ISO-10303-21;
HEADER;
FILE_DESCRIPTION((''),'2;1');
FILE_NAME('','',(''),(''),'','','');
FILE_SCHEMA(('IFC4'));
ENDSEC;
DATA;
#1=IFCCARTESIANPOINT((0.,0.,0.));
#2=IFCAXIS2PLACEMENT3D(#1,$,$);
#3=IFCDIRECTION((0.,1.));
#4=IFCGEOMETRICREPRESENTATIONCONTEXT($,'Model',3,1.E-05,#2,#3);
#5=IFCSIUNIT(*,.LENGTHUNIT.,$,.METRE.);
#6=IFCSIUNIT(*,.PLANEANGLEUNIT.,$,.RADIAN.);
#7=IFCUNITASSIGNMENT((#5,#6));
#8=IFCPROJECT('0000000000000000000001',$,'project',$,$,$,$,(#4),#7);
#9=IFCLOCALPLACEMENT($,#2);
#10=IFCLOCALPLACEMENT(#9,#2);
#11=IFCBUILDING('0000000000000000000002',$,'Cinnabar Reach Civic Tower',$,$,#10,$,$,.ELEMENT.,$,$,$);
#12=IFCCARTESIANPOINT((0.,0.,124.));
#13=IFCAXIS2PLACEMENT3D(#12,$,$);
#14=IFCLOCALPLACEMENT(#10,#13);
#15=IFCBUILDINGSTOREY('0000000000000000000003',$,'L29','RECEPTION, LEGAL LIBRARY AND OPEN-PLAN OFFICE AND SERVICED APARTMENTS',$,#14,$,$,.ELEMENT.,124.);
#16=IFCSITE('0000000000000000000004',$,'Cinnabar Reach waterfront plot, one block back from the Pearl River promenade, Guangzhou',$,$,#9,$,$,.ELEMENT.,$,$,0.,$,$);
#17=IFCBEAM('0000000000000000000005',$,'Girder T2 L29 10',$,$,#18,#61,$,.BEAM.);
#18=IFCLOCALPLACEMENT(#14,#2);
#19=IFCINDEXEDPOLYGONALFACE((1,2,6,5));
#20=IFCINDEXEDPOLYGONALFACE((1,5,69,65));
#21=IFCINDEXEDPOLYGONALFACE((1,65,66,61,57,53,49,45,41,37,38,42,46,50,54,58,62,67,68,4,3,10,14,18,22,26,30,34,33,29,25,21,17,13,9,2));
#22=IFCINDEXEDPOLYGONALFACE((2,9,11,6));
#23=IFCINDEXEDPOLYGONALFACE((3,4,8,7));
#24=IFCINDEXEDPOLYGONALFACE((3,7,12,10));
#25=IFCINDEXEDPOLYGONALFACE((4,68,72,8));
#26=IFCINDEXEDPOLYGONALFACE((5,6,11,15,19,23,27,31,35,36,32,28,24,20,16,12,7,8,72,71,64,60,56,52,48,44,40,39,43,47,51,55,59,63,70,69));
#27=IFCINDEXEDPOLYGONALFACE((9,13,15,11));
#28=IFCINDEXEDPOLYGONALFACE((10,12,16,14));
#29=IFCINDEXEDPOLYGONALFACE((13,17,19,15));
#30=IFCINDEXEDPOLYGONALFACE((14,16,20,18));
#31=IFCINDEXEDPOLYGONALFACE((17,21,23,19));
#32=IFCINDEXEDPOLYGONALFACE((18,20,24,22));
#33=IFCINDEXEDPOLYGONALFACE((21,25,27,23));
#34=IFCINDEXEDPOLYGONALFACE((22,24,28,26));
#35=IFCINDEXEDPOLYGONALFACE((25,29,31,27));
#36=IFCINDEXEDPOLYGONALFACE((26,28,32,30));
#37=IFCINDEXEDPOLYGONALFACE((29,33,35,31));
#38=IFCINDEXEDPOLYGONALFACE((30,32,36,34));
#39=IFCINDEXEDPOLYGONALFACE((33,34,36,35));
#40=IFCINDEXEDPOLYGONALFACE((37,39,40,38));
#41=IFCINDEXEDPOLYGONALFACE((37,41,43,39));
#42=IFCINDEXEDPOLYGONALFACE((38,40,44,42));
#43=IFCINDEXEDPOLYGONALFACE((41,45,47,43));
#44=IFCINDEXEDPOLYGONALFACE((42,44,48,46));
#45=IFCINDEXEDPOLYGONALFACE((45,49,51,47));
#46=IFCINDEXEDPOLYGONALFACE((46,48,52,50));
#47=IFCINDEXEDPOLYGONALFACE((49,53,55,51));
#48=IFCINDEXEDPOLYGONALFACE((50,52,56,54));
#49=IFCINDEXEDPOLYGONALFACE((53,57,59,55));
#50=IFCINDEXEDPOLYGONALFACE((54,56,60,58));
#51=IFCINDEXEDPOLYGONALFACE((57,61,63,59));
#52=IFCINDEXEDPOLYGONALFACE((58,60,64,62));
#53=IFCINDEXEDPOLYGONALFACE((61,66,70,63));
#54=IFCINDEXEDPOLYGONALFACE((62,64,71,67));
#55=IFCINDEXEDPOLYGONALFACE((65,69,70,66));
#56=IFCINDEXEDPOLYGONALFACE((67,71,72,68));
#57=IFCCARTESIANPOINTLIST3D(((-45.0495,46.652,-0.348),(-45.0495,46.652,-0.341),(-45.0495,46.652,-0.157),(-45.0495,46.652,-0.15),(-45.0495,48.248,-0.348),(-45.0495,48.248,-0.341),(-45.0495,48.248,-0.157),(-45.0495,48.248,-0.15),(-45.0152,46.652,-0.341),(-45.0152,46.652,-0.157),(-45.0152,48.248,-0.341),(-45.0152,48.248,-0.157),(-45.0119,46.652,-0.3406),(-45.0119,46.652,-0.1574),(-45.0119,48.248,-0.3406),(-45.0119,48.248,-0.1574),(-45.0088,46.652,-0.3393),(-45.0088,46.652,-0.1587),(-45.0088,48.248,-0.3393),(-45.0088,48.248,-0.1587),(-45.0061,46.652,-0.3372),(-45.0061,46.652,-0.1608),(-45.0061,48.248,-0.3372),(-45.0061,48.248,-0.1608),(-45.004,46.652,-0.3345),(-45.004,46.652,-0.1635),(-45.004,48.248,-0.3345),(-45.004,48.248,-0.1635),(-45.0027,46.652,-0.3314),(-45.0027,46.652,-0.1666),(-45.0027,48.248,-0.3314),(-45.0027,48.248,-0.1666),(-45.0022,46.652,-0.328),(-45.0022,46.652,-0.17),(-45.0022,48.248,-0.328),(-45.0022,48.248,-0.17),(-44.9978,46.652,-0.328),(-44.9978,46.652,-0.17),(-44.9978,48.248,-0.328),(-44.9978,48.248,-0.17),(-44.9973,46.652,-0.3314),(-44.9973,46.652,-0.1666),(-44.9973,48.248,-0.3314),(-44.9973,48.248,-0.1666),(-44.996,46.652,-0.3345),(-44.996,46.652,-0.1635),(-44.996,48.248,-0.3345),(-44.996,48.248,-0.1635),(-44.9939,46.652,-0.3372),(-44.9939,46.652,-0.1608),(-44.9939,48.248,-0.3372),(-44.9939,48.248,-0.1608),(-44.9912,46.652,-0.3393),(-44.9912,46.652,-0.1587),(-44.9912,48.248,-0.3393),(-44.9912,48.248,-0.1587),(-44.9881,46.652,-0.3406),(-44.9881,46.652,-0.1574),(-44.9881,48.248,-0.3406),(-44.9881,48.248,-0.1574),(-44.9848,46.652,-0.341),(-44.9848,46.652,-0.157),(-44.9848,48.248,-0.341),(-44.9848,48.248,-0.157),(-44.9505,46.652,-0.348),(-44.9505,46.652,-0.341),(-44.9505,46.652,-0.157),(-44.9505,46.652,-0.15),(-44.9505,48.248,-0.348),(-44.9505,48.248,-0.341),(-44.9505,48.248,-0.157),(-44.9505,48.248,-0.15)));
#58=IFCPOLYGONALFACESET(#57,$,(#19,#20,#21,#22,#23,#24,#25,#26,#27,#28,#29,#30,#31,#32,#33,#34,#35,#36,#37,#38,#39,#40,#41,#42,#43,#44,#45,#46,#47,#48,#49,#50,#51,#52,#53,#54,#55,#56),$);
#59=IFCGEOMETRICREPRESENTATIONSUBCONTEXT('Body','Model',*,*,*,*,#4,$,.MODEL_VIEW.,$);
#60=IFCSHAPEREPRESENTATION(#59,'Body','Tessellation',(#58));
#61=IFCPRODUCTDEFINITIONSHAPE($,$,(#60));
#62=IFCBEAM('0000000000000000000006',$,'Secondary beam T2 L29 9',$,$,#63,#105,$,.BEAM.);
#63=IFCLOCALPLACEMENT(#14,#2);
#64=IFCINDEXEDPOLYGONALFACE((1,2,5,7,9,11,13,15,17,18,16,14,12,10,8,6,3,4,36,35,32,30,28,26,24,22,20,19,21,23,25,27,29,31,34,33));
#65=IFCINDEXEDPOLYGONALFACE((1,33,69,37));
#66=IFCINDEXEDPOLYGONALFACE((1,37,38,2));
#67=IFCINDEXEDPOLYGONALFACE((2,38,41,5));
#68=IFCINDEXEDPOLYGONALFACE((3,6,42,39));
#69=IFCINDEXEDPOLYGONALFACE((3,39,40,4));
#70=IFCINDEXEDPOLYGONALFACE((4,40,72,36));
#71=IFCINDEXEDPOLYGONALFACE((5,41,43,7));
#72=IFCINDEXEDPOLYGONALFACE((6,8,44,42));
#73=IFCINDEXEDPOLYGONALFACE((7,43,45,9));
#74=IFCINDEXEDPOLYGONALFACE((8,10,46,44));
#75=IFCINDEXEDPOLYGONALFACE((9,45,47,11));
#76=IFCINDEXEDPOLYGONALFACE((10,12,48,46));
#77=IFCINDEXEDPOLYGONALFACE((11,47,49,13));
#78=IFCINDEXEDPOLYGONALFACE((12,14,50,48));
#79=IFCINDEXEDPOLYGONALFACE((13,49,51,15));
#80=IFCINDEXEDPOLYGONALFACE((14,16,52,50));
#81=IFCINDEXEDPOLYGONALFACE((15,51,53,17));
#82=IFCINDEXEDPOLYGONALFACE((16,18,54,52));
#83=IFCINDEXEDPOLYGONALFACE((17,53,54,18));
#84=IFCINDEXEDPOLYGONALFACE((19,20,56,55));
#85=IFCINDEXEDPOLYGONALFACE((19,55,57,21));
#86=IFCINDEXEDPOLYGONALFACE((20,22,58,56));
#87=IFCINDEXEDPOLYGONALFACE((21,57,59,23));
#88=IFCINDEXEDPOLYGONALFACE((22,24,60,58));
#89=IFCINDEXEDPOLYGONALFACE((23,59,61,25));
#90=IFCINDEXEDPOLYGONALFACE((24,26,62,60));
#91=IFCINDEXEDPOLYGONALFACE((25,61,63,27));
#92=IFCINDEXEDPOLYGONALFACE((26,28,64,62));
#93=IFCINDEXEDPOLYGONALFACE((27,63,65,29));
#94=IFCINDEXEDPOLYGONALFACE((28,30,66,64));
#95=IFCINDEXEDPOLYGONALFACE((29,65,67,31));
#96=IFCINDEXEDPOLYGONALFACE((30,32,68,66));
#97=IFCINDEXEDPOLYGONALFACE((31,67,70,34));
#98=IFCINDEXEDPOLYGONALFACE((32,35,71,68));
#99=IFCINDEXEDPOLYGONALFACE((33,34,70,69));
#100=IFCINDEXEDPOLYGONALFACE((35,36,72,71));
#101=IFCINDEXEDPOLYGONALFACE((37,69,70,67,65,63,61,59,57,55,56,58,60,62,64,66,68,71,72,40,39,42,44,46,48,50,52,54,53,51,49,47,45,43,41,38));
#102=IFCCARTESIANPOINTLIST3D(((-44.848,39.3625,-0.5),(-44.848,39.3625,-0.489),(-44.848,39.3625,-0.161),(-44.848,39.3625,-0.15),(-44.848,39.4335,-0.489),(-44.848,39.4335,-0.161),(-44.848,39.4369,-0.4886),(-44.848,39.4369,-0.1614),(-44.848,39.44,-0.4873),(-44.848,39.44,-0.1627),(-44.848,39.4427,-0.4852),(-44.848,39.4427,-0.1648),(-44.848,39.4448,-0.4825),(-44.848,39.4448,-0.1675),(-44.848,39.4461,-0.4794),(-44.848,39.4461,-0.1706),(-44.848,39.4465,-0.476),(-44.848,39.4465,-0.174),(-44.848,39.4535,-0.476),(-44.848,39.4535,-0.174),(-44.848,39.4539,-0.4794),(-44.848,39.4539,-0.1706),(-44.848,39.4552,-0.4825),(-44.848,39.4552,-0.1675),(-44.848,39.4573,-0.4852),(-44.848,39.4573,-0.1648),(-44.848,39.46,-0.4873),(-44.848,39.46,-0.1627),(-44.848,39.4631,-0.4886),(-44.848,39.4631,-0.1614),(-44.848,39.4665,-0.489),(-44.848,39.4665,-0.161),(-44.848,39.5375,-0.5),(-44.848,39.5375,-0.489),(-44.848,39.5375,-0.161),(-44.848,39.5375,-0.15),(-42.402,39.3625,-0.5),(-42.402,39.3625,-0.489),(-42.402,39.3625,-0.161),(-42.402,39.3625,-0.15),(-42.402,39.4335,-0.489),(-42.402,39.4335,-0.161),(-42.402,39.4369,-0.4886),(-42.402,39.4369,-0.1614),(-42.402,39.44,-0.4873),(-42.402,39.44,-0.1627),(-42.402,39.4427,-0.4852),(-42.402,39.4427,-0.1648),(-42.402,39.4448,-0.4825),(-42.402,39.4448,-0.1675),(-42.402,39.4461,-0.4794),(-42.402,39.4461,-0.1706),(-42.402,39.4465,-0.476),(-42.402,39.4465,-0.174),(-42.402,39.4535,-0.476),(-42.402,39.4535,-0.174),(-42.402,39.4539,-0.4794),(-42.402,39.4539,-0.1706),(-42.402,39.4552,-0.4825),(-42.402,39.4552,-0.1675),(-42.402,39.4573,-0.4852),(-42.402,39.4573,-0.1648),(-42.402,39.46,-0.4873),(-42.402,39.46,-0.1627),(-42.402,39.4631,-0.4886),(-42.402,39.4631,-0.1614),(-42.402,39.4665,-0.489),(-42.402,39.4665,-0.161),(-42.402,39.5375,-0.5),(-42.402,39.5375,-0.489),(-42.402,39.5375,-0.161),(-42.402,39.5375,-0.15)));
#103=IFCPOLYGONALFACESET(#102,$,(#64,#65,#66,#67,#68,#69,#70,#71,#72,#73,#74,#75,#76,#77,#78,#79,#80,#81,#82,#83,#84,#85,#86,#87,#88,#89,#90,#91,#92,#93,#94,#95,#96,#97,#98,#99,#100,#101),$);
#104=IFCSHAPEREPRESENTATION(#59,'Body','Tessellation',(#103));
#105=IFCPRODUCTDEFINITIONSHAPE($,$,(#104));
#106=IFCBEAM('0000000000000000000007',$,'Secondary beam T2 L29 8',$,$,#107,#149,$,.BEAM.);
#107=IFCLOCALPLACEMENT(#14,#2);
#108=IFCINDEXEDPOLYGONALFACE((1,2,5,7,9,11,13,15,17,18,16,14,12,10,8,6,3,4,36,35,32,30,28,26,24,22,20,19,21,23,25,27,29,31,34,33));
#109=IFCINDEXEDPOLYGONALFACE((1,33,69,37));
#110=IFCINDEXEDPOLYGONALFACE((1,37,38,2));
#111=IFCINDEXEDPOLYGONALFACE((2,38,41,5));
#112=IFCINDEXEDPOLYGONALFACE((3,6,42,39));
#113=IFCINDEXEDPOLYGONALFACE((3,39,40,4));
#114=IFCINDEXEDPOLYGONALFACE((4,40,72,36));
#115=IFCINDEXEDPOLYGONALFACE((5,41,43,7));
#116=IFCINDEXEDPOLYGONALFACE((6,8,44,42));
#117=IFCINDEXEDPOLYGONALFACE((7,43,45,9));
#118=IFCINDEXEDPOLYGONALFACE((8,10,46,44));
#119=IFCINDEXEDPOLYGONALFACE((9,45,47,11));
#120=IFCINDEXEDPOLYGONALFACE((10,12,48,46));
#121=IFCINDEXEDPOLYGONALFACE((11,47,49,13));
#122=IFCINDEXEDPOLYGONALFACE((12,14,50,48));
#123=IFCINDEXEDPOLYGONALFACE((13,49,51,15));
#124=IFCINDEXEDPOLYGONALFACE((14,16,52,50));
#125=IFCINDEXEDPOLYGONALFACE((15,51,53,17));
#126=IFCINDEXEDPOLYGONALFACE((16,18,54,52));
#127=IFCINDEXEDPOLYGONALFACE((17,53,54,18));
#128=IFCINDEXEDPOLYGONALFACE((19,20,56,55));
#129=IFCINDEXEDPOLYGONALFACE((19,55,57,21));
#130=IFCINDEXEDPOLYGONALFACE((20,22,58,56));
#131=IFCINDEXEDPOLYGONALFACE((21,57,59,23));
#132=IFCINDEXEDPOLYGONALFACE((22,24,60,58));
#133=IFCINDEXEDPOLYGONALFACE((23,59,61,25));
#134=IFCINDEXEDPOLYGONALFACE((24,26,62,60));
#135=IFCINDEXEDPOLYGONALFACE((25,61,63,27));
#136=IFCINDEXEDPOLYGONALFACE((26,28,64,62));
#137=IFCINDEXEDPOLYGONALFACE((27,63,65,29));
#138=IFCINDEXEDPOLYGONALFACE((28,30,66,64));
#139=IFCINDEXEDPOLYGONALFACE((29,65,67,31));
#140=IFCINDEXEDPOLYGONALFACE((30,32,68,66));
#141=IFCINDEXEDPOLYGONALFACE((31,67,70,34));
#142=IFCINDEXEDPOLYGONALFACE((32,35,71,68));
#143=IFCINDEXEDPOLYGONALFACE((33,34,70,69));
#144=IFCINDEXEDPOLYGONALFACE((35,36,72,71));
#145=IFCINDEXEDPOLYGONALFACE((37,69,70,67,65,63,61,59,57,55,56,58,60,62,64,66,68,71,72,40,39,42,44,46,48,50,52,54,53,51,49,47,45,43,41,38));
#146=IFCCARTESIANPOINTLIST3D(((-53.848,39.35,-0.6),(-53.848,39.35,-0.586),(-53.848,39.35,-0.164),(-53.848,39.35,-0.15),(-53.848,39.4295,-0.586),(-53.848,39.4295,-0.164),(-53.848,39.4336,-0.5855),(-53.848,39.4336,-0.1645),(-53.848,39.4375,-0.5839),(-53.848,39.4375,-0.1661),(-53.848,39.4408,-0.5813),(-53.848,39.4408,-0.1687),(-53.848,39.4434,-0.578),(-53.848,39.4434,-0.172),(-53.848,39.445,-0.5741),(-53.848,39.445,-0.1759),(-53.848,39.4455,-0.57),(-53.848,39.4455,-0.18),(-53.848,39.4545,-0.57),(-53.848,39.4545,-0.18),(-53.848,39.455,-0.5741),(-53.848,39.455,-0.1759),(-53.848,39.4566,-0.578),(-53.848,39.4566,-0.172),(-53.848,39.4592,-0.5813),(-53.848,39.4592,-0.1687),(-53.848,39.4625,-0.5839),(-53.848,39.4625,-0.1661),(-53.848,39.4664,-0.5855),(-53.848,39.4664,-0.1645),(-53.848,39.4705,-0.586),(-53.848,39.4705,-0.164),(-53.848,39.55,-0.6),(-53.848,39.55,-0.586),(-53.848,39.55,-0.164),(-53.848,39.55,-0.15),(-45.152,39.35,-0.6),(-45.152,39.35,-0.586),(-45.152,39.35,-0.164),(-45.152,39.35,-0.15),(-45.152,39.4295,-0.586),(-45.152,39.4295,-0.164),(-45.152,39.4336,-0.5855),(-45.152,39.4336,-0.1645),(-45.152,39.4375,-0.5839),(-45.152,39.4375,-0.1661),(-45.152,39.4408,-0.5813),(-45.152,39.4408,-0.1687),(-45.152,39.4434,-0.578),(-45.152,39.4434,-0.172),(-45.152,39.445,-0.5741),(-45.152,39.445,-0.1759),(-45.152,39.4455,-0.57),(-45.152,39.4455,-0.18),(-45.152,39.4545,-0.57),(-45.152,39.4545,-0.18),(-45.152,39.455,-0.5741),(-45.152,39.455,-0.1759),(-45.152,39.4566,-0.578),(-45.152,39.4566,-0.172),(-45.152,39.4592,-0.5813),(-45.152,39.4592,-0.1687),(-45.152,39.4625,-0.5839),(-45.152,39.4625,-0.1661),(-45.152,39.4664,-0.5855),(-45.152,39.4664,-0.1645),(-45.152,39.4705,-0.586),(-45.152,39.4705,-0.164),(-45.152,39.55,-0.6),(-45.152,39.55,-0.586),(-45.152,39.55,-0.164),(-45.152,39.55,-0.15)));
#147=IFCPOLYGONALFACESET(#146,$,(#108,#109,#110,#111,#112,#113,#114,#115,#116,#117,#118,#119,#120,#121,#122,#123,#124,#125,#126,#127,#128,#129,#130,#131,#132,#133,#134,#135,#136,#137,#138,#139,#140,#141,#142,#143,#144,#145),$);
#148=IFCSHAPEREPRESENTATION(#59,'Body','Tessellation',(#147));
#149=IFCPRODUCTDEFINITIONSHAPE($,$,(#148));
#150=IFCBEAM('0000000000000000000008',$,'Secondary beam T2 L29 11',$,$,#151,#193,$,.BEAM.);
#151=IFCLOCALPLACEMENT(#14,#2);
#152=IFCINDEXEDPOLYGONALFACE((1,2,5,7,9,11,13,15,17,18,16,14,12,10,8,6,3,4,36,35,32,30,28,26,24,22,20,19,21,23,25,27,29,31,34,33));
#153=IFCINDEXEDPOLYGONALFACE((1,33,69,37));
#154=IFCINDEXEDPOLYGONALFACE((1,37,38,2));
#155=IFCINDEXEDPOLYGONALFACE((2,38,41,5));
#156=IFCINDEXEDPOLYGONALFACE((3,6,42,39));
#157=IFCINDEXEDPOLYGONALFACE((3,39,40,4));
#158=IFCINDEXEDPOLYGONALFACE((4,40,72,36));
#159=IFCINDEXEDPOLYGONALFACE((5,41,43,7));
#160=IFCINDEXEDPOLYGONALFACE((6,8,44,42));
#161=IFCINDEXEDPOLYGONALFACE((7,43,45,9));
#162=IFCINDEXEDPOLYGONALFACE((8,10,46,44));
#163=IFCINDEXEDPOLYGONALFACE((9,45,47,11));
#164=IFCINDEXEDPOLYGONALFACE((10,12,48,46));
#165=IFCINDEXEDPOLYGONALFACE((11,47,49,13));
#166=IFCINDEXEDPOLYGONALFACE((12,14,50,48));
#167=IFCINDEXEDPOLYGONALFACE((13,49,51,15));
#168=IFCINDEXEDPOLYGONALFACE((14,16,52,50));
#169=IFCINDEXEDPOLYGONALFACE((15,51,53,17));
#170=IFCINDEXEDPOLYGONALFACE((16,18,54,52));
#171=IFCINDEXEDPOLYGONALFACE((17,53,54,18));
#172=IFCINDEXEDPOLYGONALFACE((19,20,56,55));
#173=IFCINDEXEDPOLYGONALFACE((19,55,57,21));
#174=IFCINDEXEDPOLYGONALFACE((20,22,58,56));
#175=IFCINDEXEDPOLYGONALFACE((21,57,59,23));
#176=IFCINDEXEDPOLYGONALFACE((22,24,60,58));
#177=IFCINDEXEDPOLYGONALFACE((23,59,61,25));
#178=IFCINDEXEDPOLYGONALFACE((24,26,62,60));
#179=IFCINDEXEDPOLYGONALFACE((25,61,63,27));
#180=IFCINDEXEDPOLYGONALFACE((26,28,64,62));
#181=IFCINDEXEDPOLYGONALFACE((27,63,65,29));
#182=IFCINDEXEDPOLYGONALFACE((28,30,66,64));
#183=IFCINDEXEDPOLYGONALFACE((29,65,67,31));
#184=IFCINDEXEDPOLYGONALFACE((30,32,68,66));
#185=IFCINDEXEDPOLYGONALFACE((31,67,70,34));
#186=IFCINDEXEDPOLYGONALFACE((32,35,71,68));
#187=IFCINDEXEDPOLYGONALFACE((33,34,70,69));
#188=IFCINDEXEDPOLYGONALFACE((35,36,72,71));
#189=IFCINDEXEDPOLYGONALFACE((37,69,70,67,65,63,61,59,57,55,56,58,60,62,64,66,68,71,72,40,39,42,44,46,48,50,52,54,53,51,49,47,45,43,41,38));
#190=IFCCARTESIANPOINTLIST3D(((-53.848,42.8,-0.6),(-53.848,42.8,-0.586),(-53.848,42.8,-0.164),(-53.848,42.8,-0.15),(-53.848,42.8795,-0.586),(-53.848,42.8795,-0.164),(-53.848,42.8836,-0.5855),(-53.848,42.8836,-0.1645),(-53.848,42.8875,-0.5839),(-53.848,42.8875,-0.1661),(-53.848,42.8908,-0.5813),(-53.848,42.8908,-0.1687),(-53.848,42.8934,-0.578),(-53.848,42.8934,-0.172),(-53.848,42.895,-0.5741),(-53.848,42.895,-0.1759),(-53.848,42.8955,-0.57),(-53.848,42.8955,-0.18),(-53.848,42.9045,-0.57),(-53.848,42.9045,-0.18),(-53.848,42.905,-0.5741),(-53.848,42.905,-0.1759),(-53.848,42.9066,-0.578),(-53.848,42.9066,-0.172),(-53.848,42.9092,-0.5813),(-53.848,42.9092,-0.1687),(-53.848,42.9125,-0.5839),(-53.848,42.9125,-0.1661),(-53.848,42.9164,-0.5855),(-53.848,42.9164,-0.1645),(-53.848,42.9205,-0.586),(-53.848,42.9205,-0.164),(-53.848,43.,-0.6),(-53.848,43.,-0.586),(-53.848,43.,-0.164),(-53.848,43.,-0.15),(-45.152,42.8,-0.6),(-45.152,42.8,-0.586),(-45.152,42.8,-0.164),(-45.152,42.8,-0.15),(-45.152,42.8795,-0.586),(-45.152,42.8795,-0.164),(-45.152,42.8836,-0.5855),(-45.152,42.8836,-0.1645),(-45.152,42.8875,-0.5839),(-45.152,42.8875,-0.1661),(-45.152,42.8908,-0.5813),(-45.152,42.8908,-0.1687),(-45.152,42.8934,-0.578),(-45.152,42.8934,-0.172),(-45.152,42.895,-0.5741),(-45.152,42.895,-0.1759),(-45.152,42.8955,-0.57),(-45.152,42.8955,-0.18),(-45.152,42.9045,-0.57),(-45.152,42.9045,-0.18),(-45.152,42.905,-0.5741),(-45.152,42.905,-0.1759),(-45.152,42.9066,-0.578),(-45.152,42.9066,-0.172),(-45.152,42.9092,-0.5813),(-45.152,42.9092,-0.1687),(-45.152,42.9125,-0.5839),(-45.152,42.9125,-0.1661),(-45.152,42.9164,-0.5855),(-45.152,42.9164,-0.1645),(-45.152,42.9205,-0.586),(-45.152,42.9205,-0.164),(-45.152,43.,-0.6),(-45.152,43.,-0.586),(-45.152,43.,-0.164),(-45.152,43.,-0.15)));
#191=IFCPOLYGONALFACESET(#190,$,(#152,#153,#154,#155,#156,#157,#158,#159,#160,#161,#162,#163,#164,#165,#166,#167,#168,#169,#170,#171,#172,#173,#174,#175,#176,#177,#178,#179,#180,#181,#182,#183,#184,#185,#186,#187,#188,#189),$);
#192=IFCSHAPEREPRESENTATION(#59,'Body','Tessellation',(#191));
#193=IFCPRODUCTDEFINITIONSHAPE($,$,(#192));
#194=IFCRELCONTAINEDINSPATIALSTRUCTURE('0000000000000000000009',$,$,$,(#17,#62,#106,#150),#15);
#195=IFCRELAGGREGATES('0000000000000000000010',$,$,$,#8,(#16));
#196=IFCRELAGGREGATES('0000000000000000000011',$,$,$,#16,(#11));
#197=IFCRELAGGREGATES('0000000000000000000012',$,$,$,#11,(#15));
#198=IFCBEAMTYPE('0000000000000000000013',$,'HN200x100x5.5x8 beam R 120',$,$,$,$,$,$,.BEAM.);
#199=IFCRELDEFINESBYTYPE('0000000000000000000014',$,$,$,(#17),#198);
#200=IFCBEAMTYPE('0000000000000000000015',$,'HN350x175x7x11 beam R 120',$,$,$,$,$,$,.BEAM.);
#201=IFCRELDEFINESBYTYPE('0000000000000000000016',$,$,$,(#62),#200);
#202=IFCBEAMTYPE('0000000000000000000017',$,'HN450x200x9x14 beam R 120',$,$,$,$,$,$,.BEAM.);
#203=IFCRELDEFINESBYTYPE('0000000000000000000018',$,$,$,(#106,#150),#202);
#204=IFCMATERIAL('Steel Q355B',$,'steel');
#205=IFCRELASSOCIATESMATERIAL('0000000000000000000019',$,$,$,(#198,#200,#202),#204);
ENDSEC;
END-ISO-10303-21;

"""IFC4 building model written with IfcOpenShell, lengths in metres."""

from ifc_helpers import new_model, si_unit, direction, frame, origin, origin_2d, place, context, subcontext, project, spatial, i_section, extrude, material, material_profile, profile_set, type_object, element, save


model = new_model("IFC4")

# Units and contexts
model_context = context("Model", 3, precision=1e-05, world=origin(), true_north=direction((0.0, 1.0)))
body_context = subcontext(model_context, "Body", "Model", "MODEL_VIEW")
ifc_project = project(units=[si_unit("LENGTHUNIT", "METRE"), si_unit("PLANEANGLEUNIT", "RADIAN")], contexts=[model_context])

# Site, building, storey
site_placement = place(None, origin())
site = spatial("IfcSite", under=ifc_project, at=site_placement, Name="Cinnabar Reach waterfront plot, one block back from the Pearl River promenade, Guangzhou", CompositionType="ELEMENT", RefElevation=0.0)
building_placement = place(site_placement, origin())
building = spatial("IfcBuilding", under=site, at=building_placement, Name="Cinnabar Reach Civic Tower", CompositionType="ELEMENT")
storey_placement = place(building_placement, frame((0.0, 0.0, 124.0)))
storey = spatial("IfcBuildingStorey", under=building, at=storey_placement, Name="L29", Description="RECEPTION, LEGAL LIBRARY AND OPEN-PLAN OFFICE AND SERVICED APARTMENTS", CompositionType="ELEMENT", Elevation=124.0)

# Beams
ifc_material_1 = material(Name="Steel Q355B", Category="steel")
ifc_material_profile_1 = material_profile(ifc_material_1, i_section(OverallWidth=0.099, OverallDepth=0.198, WebThickness=0.0045, FlangeThickness=0.007, FilletRadius=0.013, at=origin_2d()), Name="HN200x100x5.5x8")
ifc_profile_set_1 = profile_set([ifc_material_profile_1], Name="Steel Q355B")
beam_type_1 = type_object("IfcBeamType", Name="HN200x100x5.5x8 beam R 120", PredefinedType="BEAM", material=ifc_profile_set_1)
beam_1_placement = place(storey_placement, frame((-45.0, 46.652, -0.249), z_axis=(0.0, 1.0, 0.0), x_axis=(-1.0, 0.0, 0.0)))
element("IfcBeam", 1, at=beam_1_placement, inside=storey, type_object=beam_type_1, Name="Girder T2 L29 10", PredefinedType="BEAM", context=body_context, shape_type="SweptSolid", body=[
    extrude(i_section(OverallWidth=0.099, OverallDepth=0.198, WebThickness=0.0045, FlangeThickness=0.007, FilletRadius=0.013, at=origin_2d()), origin(), (0.0, 0.0, 1.0), 1.596),
])
ifc_material_profile_2 = material_profile(ifc_material_1, i_section(OverallWidth=0.175, OverallDepth=0.35, WebThickness=0.007, FlangeThickness=0.011, FilletRadius=0.013, at=origin_2d()), Name="HN350x175x7x11")
ifc_profile_set_2 = profile_set([ifc_material_profile_2], Name="Steel Q355B")
beam_type_2 = type_object("IfcBeamType", Name="HN350x175x7x11 beam R 120", PredefinedType="BEAM", material=ifc_profile_set_2)
beam_2_placement = place(storey_placement, frame((-44.848, 39.45, -0.325), z_axis=(1.0, 0.0, 0.0), x_axis=(0.0, 1.0, 0.0)))
element("IfcBeam", 2, at=beam_2_placement, inside=storey, type_object=beam_type_2, Name="Secondary beam T2 L29 9", PredefinedType="BEAM", context=body_context, shape_type="SweptSolid", body=[
    extrude(i_section(OverallWidth=0.175, OverallDepth=0.35, WebThickness=0.007, FlangeThickness=0.011, FilletRadius=0.013, at=origin_2d()), origin(), (0.0, 0.0, 1.0), 2.446),
])
ifc_material_profile_3 = material_profile(ifc_material_1, i_section(OverallWidth=0.2, OverallDepth=0.45, WebThickness=0.009, FlangeThickness=0.014, FilletRadius=0.016, at=origin_2d()), Name="HN450x200x9x14")
ifc_profile_set_3 = profile_set([ifc_material_profile_3], Name="Steel Q355B")
beam_type_3 = type_object("IfcBeamType", Name="HN450x200x9x14 beam R 120", PredefinedType="BEAM", material=ifc_profile_set_3)
for number, where, z_axis, x_axis, name in (
    (3, (-53.848, 39.45, -0.375), (1.0, 0.0, 0.0), (0.0, 1.0, 0.0), "Secondary beam T2 L29 8"),
    (4, (-53.848, 42.9, -0.375), (1.0, 0.0, 0.0), (0.0, 1.0, 0.0), "Secondary beam T2 L29 11"),
):
    element("IfcBeam", number, at=place(storey_placement, frame(where, z_axis=z_axis, x_axis=x_axis)), inside=storey, type_object=beam_type_3, Name=name, PredefinedType="BEAM", context=body_context, shape_type="SweptSolid", body=[
        extrude(i_section(OverallWidth=0.2, OverallDepth=0.45, WebThickness=0.009, FlangeThickness=0.014, FilletRadius=0.016, at=origin_2d()), origin(), (0.0, 0.0, 1.0), 8.696),
    ])

save(model, "model.ifc")
